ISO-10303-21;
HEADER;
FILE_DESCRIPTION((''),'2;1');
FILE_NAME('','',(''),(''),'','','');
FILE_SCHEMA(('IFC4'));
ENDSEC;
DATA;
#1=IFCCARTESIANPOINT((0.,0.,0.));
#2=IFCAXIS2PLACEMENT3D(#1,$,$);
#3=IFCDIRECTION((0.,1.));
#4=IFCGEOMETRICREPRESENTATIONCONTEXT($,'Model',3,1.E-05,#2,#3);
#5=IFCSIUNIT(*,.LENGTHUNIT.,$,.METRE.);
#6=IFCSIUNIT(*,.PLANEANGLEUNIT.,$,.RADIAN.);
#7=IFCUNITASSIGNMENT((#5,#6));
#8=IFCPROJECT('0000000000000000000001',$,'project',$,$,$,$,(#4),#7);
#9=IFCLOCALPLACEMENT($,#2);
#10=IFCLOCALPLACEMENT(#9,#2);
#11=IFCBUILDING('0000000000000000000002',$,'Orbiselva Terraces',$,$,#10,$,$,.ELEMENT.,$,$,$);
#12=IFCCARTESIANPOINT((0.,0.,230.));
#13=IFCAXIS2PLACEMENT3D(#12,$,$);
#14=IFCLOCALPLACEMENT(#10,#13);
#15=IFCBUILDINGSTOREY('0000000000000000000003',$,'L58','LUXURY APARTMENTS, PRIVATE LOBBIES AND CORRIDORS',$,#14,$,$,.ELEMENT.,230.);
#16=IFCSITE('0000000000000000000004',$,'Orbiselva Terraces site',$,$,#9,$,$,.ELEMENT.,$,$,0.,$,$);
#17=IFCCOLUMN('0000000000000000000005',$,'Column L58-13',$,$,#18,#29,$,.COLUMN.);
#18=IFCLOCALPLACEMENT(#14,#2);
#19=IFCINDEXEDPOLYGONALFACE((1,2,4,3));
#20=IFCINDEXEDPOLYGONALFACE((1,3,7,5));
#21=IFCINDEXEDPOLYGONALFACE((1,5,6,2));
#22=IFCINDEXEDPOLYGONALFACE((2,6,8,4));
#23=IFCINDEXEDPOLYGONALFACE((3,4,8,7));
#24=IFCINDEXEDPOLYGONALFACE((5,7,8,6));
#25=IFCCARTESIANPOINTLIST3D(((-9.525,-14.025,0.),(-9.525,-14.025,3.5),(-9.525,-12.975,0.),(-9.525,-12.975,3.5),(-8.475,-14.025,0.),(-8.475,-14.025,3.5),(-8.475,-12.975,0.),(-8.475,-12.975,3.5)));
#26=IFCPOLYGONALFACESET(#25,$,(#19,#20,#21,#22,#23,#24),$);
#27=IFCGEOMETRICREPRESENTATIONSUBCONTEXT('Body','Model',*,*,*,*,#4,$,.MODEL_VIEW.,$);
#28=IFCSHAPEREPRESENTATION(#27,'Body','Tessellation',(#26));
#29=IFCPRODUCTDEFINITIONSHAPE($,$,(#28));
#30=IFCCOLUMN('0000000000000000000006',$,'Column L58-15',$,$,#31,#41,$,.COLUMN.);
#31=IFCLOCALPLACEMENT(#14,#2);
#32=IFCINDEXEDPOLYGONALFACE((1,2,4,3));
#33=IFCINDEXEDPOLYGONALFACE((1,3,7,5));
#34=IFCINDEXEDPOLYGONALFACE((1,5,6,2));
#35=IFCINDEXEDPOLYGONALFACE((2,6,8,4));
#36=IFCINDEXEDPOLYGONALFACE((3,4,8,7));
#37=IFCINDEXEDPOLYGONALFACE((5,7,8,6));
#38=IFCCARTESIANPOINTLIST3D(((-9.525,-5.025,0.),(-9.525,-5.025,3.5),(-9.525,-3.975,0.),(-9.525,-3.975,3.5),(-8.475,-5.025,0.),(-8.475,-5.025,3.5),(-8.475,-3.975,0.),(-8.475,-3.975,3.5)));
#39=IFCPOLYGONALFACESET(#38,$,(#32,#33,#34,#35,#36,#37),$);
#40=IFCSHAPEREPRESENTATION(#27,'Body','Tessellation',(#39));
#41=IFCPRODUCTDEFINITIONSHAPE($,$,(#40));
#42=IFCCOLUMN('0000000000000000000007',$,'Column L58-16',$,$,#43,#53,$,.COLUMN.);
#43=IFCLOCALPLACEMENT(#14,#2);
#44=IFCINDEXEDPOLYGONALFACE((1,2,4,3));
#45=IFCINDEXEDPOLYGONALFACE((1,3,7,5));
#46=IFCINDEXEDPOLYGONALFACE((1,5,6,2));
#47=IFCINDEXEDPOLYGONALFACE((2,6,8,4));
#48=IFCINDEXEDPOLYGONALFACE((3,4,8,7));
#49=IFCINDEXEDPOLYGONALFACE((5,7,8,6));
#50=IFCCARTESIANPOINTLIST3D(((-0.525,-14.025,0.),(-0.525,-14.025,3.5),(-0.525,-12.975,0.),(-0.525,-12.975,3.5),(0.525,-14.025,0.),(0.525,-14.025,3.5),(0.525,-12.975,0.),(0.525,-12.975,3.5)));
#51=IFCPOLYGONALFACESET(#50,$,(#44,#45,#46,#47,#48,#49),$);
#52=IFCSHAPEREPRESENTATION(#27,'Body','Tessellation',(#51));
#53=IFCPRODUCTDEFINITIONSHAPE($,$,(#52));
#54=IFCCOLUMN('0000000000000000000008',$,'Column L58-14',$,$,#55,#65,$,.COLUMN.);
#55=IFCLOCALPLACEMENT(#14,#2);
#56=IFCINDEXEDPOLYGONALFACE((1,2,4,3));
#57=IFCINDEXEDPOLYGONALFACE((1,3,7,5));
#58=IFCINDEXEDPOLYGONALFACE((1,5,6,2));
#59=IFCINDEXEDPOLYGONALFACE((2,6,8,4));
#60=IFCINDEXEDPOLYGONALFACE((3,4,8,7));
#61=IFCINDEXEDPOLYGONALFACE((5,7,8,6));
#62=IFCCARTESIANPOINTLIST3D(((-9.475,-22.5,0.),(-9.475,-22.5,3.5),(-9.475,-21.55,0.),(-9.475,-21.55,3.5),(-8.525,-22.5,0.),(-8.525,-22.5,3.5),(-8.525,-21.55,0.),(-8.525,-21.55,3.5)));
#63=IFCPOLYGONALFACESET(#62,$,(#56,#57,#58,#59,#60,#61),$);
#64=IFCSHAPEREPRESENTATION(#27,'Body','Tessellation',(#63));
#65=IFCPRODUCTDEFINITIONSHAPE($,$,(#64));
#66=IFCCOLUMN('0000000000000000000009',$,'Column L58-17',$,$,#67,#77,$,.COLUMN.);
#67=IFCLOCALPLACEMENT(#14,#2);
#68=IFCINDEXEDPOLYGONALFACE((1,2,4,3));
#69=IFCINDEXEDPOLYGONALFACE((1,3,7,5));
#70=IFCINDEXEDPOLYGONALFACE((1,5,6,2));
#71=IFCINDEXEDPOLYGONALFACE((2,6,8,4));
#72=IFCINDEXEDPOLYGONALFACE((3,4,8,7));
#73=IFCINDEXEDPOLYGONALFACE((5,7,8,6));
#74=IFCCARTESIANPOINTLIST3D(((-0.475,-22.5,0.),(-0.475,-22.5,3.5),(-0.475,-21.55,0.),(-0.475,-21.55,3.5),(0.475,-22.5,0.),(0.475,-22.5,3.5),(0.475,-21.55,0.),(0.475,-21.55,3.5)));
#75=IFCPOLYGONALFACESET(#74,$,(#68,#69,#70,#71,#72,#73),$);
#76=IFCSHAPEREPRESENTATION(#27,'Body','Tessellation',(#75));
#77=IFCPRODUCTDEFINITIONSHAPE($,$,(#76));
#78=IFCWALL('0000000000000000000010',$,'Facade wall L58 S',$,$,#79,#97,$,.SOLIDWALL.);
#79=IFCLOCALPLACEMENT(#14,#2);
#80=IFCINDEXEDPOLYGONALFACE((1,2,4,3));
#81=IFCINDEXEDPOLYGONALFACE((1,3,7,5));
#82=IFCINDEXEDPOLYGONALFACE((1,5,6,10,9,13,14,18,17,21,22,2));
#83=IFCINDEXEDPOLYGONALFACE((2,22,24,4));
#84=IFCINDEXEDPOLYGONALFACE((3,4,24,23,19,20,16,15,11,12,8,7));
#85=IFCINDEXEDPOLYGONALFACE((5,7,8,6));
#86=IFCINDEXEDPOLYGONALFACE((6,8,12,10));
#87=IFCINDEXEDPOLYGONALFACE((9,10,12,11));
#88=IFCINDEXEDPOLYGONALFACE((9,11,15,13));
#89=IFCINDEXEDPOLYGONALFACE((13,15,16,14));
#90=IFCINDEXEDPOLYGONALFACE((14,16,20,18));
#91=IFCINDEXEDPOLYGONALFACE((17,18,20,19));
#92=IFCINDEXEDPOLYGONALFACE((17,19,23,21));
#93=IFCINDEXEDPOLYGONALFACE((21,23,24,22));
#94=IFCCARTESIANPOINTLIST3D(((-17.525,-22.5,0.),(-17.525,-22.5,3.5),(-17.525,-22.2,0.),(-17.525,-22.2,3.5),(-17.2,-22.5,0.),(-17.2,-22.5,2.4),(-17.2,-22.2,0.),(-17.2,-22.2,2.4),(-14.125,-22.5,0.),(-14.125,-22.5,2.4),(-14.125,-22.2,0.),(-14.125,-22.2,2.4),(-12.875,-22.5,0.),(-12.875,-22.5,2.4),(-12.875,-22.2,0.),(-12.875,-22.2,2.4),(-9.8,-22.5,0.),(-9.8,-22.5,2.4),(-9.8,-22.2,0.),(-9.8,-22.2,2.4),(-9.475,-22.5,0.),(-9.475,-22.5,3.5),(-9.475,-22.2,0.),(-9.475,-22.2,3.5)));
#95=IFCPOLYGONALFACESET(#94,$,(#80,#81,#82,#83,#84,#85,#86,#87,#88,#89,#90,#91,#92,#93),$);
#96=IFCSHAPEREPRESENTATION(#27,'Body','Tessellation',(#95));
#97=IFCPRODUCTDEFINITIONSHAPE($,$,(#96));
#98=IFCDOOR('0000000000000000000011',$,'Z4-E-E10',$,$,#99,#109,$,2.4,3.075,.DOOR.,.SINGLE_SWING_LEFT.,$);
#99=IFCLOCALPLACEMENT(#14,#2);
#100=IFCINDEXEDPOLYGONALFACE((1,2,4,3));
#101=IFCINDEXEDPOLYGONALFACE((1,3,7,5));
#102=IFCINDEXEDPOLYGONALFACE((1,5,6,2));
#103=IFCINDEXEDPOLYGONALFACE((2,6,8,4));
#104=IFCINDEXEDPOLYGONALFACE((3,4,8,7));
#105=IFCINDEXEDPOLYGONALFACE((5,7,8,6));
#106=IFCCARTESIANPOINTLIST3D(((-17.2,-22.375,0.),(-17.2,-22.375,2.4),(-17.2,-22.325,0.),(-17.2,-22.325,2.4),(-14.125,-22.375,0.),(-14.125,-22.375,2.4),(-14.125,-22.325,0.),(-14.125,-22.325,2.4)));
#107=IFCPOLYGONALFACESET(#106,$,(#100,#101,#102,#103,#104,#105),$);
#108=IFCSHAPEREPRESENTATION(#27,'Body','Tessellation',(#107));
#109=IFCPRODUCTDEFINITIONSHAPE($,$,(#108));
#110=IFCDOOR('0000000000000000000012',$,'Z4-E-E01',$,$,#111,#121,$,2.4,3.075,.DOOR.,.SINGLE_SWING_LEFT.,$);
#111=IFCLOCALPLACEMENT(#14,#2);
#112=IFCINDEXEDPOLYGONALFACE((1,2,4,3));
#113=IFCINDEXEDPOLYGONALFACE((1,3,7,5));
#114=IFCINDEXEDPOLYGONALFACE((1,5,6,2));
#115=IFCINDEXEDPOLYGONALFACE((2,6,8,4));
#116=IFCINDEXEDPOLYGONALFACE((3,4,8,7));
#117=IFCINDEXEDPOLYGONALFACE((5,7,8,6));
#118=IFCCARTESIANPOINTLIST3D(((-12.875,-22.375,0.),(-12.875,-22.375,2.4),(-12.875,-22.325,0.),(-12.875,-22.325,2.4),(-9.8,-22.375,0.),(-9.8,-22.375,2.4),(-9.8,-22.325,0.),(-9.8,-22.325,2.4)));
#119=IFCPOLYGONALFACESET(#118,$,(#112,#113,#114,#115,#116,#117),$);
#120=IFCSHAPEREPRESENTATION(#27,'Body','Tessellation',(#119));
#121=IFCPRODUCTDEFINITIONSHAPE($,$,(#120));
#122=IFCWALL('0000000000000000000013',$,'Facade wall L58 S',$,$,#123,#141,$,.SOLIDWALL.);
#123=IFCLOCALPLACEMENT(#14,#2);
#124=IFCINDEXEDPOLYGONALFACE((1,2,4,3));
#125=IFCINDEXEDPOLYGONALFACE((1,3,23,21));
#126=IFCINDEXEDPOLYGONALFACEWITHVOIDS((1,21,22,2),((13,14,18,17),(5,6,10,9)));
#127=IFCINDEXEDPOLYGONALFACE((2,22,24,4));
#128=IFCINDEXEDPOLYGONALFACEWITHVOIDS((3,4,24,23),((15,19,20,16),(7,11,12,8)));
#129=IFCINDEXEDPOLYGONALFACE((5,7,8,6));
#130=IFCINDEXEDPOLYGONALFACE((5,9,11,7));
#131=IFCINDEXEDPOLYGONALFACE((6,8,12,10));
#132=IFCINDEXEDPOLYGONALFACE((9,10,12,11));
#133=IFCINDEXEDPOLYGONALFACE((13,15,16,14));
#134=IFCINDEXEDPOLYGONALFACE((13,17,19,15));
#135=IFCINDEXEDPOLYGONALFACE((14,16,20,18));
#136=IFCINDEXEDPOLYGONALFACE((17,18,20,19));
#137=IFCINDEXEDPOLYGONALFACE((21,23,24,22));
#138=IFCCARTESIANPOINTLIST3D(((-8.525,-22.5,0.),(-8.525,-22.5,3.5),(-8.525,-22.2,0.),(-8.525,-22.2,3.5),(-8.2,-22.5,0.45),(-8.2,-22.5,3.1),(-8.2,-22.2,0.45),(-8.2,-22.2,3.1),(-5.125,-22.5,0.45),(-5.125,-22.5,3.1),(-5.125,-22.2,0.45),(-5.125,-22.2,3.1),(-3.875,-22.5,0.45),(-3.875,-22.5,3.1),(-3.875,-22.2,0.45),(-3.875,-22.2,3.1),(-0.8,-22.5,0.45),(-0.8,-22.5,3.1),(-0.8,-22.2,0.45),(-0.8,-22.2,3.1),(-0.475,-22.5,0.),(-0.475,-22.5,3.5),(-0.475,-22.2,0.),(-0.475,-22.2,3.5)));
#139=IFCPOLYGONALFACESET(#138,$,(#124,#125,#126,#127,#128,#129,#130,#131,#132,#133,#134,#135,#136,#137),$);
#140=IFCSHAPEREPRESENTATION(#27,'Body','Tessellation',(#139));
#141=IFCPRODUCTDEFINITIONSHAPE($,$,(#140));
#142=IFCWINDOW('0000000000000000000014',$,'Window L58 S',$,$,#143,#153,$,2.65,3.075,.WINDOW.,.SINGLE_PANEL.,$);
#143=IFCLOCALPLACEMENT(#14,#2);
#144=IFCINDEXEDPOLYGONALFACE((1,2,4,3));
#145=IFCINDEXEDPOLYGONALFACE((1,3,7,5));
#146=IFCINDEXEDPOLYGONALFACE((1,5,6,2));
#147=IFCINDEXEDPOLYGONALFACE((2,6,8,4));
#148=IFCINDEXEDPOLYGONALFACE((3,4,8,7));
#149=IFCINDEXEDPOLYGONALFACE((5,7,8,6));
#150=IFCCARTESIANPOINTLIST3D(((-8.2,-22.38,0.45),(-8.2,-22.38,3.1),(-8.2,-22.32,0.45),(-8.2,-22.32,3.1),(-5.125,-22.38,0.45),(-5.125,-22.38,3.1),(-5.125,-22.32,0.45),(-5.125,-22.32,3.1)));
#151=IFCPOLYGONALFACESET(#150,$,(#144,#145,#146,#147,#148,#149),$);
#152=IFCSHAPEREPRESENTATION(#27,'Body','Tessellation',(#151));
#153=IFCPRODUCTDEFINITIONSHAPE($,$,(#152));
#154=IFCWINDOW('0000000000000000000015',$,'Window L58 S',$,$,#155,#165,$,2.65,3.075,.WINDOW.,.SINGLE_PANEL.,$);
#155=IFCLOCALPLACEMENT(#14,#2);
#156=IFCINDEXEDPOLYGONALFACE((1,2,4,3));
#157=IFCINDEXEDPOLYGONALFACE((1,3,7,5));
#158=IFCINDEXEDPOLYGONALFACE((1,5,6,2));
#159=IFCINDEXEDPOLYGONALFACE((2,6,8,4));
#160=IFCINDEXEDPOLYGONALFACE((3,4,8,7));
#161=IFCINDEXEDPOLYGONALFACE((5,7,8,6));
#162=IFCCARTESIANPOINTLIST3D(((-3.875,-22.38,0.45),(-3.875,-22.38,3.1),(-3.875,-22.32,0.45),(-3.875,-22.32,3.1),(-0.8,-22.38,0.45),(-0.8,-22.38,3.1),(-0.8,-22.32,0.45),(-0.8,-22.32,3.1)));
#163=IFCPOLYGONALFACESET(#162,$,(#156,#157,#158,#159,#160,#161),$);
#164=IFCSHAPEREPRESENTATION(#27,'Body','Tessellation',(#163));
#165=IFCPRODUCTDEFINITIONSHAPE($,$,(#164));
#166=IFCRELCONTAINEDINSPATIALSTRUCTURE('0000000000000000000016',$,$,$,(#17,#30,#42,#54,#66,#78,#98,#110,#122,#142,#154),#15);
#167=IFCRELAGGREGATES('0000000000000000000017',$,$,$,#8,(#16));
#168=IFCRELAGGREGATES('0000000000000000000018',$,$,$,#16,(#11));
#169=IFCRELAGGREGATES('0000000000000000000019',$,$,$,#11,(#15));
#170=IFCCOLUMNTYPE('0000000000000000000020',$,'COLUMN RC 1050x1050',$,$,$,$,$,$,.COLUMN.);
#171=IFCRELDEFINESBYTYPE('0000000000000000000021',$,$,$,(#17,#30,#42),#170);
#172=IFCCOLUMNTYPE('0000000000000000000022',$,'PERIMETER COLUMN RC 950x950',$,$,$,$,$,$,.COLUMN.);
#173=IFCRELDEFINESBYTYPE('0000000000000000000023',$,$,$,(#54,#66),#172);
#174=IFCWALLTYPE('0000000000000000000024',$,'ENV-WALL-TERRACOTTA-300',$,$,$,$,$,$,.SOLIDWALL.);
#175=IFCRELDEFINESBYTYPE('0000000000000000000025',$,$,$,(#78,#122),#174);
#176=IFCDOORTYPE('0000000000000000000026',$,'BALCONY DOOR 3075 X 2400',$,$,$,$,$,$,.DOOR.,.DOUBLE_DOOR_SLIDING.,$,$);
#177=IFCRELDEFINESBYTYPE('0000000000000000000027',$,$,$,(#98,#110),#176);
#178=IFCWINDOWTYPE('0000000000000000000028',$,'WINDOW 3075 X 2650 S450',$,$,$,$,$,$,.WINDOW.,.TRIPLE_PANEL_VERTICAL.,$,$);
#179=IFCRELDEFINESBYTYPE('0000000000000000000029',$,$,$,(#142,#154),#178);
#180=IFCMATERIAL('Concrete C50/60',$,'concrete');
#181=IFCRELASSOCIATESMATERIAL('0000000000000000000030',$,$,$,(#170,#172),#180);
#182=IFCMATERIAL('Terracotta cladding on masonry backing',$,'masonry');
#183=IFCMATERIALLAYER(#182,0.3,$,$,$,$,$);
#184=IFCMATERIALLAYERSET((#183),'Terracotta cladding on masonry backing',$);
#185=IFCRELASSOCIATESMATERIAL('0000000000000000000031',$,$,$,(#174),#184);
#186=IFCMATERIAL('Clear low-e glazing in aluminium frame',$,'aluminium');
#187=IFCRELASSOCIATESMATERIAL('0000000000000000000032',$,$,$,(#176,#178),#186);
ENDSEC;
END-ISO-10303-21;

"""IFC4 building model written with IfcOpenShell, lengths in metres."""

from ifc_helpers import new_model, si_unit, direction, frame, frame_2d, origin, origin_2d, place, context, subcontext, project, spatial, rectangle, extrude, material, layer, layer_set, material_profile, profile_set, type_object, element, fill, save


model = new_model("IFC4")

# Units and contexts
model_context = context("Model", 3, precision=1e-05, world=origin(), true_north=direction((0.0, 1.0)))
body_context = subcontext(model_context, "Body", "Model", "MODEL_VIEW")
ifc_project = project(units=[si_unit("LENGTHUNIT", "METRE"), si_unit("PLANEANGLEUNIT", "RADIAN")], contexts=[model_context])

# Site, building, storey
site_placement = place(None, origin())
site = spatial("IfcSite", under=ifc_project, at=site_placement, Name="Orbiselva Terraces site", CompositionType="ELEMENT", RefElevation=0.0)
building_placement = place(site_placement, origin())
building = spatial("IfcBuilding", under=site, at=building_placement, Name="Orbiselva Terraces", CompositionType="ELEMENT")
storey_placement = place(building_placement, frame((0.0, 0.0, 230.0)))
storey = spatial("IfcBuildingStorey", under=building, at=storey_placement, Name="L58", Description="LUXURY APARTMENTS, PRIVATE LOBBIES AND CORRIDORS", CompositionType="ELEMENT", Elevation=230.0)

# Columns
ifc_material_1 = material(Name="Concrete C50/60", Category="concrete")
ifc_material_profile_1 = material_profile(ifc_material_1, rectangle(XDim=1.05, YDim=1.05, at=origin_2d()), Name="RC 1050x1050")
ifc_profile_set_1 = profile_set([ifc_material_profile_1], Name="Concrete C50/60")
column_type_1 = type_object("IfcColumnType", Name="COLUMN RC 1050x1050", PredefinedType="COLUMN", material=ifc_profile_set_1)
for number, where, z_axis, x_axis, name in (
    (1, (-9.0, -13.5, 0.0), (0.0, 0.0, 1.0), (1.0, 0.0, 0.0), "Column L58-13"),
    (2, (-9.0, -4.5, 0.0), (0.0, 0.0, 1.0), (1.0, 0.0, 0.0), "Column L58-15"),
    (3, (0.0, -13.5, 0.0), (0.0, 0.0, 1.0), (1.0, 0.0, 0.0), "Column L58-16"),
):
    element("IfcColumn", number, at=place(storey_placement, frame(where, z_axis=z_axis, x_axis=x_axis)), inside=storey, type_object=column_type_1, Name=name, PredefinedType="COLUMN", context=body_context, shape_type="SweptSolid", body=[
        extrude(rectangle(XDim=1.05, YDim=1.05, at=origin_2d()), origin(), (0.0, 0.0, 1.0), 3.5),
    ])
ifc_material_profile_2 = material_profile(ifc_material_1, rectangle(XDim=0.95, YDim=0.95, at=origin_2d()), Name="RC 950x950")
ifc_profile_set_2 = profile_set([ifc_material_profile_2], Name="Concrete C50/60")
column_type_2 = type_object("IfcColumnType", Name="PERIMETER COLUMN RC 950x950", PredefinedType="COLUMN", material=ifc_profile_set_2)
for number, where, z_axis, x_axis, name in (
    (4, (-9.0, -22.025, 0.0), (0.0, 0.0, 1.0), (1.0, 0.0, 0.0), "Column L58-14"),
    (5, (0.0, -22.025, 0.0), (0.0, 0.0, 1.0), (1.0, 0.0, 0.0), "Column L58-17"),
):
    element("IfcColumn", number, at=place(storey_placement, frame(where, z_axis=z_axis, x_axis=x_axis)), inside=storey, type_object=column_type_2, Name=name, PredefinedType="COLUMN", context=body_context, shape_type="SweptSolid", body=[
        extrude(rectangle(XDim=0.95, YDim=0.95, at=origin_2d()), origin(), (0.0, 0.0, 1.0), 3.5),
    ])

# Wall, openings, doors
ifc_material_2 = material(Name="Terracotta cladding on masonry backing", Category="masonry")
ifc_layer_1 = layer(ifc_material_2, 0.3)
ifc_layer_set_1 = layer_set([ifc_layer_1], Name="Terracotta cladding on masonry backing")
wall_type_1 = type_object("IfcWallType", Name="ENV-WALL-TERRACOTTA-300", PredefinedType="SOLIDWALL", material=ifc_layer_set_1)
wall_1_placement = place(storey_placement, frame((-9.475, -22.35, 0.0), z_axis=(0.0, 0.0, 1.0), x_axis=(-1.0, 0.0, 0.0)))
wall_1 = element("IfcWall", 6, at=wall_1_placement, inside=storey, type_object=wall_type_1, Name="Facade wall L58 S", PredefinedType="SOLIDWALL", context=body_context, shape_type="SweptSolid", body=[
    extrude(rectangle(XDim=8.05, YDim=0.3, at=frame_2d((4.025, 0.0))), origin(), (0.0, 0.0, 1.0), 3.5),
])
opening_1_placement = place(wall_1_placement, frame((4.65, 0.0, 0.0)))
opening_1 = element("IfcOpeningElement", 7, at=opening_1_placement, cuts=wall_1, PredefinedType="OPENING", context=body_context, shape_type="SweptSolid", body=[
    extrude(rectangle(XDim=3.075, YDim=2.4, at=frame_2d((1.5375, 1.2))), frame((0.0, 0.16, 0.0), z_axis=(0.0, -1.0, 0.0), x_axis=(1.0, 0.0, 0.0)), (0.0, 0.0, 1.0), 0.32),
])
opening_2_placement = place(wall_1_placement, frame((0.325, 0.0, 0.0)))
opening_2 = element("IfcOpeningElement", 8, at=opening_2_placement, cuts=wall_1, PredefinedType="OPENING", context=body_context, shape_type="SweptSolid", body=[
    extrude(rectangle(XDim=3.075, YDim=2.4, at=frame_2d((1.5375, 1.2))), frame((0.0, 0.16, 0.0), z_axis=(0.0, -1.0, 0.0), x_axis=(1.0, 0.0, 0.0)), (0.0, 0.0, 1.0), 0.32),
])
ifc_material_3 = material(Name="Clear low-e glazing in aluminium frame", Category="aluminium")
door_type_1 = type_object("IfcDoorType", Name="BALCONY DOOR 3075 X 2400", OperationType="DOUBLE_DOOR_SLIDING", PredefinedType="DOOR", material=ifc_material_3)
door_1_placement = place(opening_1_placement, origin())
door_1 = element("IfcDoor", 9, at=door_1_placement, inside=storey, type_object=door_type_1, Name="Z4-E-E10", OperationType="SINGLE_SWING_LEFT", OverallHeight=2.4, OverallWidth=3.075, PredefinedType="DOOR", context=body_context, shape_type="SweptSolid", body=[
    extrude(rectangle(XDim=3.075, YDim=2.4, at=frame_2d((1.5375, 1.2))), frame((0.0, 0.025, 0.0), z_axis=(0.0, -1.0, 0.0), x_axis=(1.0, 0.0, 0.0)), (0.0, 0.0, 1.0), 0.05),
])
fill(opening_1, door_1)
door_2_placement = place(opening_2_placement, origin())
door_2 = element("IfcDoor", 10, at=door_2_placement, inside=storey, type_object=door_type_1, Name="Z4-E-E01", OperationType="SINGLE_SWING_LEFT", OverallHeight=2.4, OverallWidth=3.075, PredefinedType="DOOR", context=body_context, shape_type="SweptSolid", body=[
    extrude(rectangle(XDim=3.075, YDim=2.4, at=frame_2d((1.5375, 1.2))), frame((0.0, 0.025, 0.0), z_axis=(0.0, -1.0, 0.0), x_axis=(1.0, 0.0, 0.0)), (0.0, 0.0, 1.0), 0.05),
])
fill(opening_2, door_2)

# Wall, openings, windows
wall_2_placement = place(storey_placement, frame((-0.475, -22.35, 0.0), z_axis=(0.0, 0.0, 1.0), x_axis=(-1.0, 0.0, 0.0)))
wall_2 = element("IfcWall", 11, at=wall_2_placement, inside=storey, type_object=wall_type_1, Name="Facade wall L58 S", PredefinedType="SOLIDWALL", context=body_context, shape_type="SweptSolid", body=[
    extrude(rectangle(XDim=8.05, YDim=0.3, at=frame_2d((4.025, 0.0))), origin(), (0.0, 0.0, 1.0), 3.5),
])
opening_3_placement = place(wall_2_placement, frame((4.65, 0.0, 0.45)))
opening_3 = element("IfcOpeningElement", 12, at=opening_3_placement, cuts=wall_2, PredefinedType="OPENING", context=body_context, shape_type="SweptSolid", body=[
    extrude(rectangle(XDim=3.075, YDim=2.65, at=frame_2d((1.5375, 1.325))), frame((0.0, 0.16, 0.0), z_axis=(0.0, -1.0, 0.0), x_axis=(1.0, 0.0, 0.0)), (0.0, 0.0, 1.0), 0.32),
])
opening_4_placement = place(wall_2_placement, frame((0.325, 0.0, 0.45)))
opening_4 = element("IfcOpeningElement", 13, at=opening_4_placement, cuts=wall_2, PredefinedType="OPENING", context=body_context, shape_type="SweptSolid", body=[
    extrude(rectangle(XDim=3.075, YDim=2.65, at=frame_2d((1.5375, 1.325))), frame((0.0, 0.16, 0.0), z_axis=(0.0, -1.0, 0.0), x_axis=(1.0, 0.0, 0.0)), (0.0, 0.0, 1.0), 0.32),
])
window_type = type_object("IfcWindowType", Name="WINDOW 3075 X 2650 S450", PartitioningType="TRIPLE_PANEL_VERTICAL", PredefinedType="WINDOW", material=ifc_material_3)
window_1_placement = place(opening_3_placement, origin())
window_1 = element("IfcWindow", 14, at=window_1_placement, inside=storey, type_object=window_type, Name="Window L58 S", OverallHeight=2.65, OverallWidth=3.075, PartitioningType="SINGLE_PANEL", PredefinedType="WINDOW", context=body_context, shape_type="SweptSolid", body=[
    extrude(rectangle(XDim=3.075, YDim=2.65, at=frame_2d((1.5375, 1.325))), frame((0.0, 0.03, 0.0), z_axis=(0.0, -1.0, 0.0), x_axis=(1.0, 0.0, 0.0)), (0.0, 0.0, 1.0), 0.06),
])
fill(opening_3, window_1)
window_2_placement = place(opening_4_placement, origin())
window_2 = element("IfcWindow", 15, at=window_2_placement, inside=storey, type_object=window_type, Name="Window L58 S", OverallHeight=2.65, OverallWidth=3.075, PartitioningType="SINGLE_PANEL", PredefinedType="WINDOW", context=body_context, shape_type="SweptSolid", body=[
    extrude(rectangle(XDim=3.075, YDim=2.65, at=frame_2d((1.5375, 1.325))), frame((0.0, 0.03, 0.0), z_axis=(0.0, -1.0, 0.0), x_axis=(1.0, 0.0, 0.0)), (0.0, 0.0, 1.0), 0.06),
])
fill(opening_4, window_2)

save(model, "model.ifc")
